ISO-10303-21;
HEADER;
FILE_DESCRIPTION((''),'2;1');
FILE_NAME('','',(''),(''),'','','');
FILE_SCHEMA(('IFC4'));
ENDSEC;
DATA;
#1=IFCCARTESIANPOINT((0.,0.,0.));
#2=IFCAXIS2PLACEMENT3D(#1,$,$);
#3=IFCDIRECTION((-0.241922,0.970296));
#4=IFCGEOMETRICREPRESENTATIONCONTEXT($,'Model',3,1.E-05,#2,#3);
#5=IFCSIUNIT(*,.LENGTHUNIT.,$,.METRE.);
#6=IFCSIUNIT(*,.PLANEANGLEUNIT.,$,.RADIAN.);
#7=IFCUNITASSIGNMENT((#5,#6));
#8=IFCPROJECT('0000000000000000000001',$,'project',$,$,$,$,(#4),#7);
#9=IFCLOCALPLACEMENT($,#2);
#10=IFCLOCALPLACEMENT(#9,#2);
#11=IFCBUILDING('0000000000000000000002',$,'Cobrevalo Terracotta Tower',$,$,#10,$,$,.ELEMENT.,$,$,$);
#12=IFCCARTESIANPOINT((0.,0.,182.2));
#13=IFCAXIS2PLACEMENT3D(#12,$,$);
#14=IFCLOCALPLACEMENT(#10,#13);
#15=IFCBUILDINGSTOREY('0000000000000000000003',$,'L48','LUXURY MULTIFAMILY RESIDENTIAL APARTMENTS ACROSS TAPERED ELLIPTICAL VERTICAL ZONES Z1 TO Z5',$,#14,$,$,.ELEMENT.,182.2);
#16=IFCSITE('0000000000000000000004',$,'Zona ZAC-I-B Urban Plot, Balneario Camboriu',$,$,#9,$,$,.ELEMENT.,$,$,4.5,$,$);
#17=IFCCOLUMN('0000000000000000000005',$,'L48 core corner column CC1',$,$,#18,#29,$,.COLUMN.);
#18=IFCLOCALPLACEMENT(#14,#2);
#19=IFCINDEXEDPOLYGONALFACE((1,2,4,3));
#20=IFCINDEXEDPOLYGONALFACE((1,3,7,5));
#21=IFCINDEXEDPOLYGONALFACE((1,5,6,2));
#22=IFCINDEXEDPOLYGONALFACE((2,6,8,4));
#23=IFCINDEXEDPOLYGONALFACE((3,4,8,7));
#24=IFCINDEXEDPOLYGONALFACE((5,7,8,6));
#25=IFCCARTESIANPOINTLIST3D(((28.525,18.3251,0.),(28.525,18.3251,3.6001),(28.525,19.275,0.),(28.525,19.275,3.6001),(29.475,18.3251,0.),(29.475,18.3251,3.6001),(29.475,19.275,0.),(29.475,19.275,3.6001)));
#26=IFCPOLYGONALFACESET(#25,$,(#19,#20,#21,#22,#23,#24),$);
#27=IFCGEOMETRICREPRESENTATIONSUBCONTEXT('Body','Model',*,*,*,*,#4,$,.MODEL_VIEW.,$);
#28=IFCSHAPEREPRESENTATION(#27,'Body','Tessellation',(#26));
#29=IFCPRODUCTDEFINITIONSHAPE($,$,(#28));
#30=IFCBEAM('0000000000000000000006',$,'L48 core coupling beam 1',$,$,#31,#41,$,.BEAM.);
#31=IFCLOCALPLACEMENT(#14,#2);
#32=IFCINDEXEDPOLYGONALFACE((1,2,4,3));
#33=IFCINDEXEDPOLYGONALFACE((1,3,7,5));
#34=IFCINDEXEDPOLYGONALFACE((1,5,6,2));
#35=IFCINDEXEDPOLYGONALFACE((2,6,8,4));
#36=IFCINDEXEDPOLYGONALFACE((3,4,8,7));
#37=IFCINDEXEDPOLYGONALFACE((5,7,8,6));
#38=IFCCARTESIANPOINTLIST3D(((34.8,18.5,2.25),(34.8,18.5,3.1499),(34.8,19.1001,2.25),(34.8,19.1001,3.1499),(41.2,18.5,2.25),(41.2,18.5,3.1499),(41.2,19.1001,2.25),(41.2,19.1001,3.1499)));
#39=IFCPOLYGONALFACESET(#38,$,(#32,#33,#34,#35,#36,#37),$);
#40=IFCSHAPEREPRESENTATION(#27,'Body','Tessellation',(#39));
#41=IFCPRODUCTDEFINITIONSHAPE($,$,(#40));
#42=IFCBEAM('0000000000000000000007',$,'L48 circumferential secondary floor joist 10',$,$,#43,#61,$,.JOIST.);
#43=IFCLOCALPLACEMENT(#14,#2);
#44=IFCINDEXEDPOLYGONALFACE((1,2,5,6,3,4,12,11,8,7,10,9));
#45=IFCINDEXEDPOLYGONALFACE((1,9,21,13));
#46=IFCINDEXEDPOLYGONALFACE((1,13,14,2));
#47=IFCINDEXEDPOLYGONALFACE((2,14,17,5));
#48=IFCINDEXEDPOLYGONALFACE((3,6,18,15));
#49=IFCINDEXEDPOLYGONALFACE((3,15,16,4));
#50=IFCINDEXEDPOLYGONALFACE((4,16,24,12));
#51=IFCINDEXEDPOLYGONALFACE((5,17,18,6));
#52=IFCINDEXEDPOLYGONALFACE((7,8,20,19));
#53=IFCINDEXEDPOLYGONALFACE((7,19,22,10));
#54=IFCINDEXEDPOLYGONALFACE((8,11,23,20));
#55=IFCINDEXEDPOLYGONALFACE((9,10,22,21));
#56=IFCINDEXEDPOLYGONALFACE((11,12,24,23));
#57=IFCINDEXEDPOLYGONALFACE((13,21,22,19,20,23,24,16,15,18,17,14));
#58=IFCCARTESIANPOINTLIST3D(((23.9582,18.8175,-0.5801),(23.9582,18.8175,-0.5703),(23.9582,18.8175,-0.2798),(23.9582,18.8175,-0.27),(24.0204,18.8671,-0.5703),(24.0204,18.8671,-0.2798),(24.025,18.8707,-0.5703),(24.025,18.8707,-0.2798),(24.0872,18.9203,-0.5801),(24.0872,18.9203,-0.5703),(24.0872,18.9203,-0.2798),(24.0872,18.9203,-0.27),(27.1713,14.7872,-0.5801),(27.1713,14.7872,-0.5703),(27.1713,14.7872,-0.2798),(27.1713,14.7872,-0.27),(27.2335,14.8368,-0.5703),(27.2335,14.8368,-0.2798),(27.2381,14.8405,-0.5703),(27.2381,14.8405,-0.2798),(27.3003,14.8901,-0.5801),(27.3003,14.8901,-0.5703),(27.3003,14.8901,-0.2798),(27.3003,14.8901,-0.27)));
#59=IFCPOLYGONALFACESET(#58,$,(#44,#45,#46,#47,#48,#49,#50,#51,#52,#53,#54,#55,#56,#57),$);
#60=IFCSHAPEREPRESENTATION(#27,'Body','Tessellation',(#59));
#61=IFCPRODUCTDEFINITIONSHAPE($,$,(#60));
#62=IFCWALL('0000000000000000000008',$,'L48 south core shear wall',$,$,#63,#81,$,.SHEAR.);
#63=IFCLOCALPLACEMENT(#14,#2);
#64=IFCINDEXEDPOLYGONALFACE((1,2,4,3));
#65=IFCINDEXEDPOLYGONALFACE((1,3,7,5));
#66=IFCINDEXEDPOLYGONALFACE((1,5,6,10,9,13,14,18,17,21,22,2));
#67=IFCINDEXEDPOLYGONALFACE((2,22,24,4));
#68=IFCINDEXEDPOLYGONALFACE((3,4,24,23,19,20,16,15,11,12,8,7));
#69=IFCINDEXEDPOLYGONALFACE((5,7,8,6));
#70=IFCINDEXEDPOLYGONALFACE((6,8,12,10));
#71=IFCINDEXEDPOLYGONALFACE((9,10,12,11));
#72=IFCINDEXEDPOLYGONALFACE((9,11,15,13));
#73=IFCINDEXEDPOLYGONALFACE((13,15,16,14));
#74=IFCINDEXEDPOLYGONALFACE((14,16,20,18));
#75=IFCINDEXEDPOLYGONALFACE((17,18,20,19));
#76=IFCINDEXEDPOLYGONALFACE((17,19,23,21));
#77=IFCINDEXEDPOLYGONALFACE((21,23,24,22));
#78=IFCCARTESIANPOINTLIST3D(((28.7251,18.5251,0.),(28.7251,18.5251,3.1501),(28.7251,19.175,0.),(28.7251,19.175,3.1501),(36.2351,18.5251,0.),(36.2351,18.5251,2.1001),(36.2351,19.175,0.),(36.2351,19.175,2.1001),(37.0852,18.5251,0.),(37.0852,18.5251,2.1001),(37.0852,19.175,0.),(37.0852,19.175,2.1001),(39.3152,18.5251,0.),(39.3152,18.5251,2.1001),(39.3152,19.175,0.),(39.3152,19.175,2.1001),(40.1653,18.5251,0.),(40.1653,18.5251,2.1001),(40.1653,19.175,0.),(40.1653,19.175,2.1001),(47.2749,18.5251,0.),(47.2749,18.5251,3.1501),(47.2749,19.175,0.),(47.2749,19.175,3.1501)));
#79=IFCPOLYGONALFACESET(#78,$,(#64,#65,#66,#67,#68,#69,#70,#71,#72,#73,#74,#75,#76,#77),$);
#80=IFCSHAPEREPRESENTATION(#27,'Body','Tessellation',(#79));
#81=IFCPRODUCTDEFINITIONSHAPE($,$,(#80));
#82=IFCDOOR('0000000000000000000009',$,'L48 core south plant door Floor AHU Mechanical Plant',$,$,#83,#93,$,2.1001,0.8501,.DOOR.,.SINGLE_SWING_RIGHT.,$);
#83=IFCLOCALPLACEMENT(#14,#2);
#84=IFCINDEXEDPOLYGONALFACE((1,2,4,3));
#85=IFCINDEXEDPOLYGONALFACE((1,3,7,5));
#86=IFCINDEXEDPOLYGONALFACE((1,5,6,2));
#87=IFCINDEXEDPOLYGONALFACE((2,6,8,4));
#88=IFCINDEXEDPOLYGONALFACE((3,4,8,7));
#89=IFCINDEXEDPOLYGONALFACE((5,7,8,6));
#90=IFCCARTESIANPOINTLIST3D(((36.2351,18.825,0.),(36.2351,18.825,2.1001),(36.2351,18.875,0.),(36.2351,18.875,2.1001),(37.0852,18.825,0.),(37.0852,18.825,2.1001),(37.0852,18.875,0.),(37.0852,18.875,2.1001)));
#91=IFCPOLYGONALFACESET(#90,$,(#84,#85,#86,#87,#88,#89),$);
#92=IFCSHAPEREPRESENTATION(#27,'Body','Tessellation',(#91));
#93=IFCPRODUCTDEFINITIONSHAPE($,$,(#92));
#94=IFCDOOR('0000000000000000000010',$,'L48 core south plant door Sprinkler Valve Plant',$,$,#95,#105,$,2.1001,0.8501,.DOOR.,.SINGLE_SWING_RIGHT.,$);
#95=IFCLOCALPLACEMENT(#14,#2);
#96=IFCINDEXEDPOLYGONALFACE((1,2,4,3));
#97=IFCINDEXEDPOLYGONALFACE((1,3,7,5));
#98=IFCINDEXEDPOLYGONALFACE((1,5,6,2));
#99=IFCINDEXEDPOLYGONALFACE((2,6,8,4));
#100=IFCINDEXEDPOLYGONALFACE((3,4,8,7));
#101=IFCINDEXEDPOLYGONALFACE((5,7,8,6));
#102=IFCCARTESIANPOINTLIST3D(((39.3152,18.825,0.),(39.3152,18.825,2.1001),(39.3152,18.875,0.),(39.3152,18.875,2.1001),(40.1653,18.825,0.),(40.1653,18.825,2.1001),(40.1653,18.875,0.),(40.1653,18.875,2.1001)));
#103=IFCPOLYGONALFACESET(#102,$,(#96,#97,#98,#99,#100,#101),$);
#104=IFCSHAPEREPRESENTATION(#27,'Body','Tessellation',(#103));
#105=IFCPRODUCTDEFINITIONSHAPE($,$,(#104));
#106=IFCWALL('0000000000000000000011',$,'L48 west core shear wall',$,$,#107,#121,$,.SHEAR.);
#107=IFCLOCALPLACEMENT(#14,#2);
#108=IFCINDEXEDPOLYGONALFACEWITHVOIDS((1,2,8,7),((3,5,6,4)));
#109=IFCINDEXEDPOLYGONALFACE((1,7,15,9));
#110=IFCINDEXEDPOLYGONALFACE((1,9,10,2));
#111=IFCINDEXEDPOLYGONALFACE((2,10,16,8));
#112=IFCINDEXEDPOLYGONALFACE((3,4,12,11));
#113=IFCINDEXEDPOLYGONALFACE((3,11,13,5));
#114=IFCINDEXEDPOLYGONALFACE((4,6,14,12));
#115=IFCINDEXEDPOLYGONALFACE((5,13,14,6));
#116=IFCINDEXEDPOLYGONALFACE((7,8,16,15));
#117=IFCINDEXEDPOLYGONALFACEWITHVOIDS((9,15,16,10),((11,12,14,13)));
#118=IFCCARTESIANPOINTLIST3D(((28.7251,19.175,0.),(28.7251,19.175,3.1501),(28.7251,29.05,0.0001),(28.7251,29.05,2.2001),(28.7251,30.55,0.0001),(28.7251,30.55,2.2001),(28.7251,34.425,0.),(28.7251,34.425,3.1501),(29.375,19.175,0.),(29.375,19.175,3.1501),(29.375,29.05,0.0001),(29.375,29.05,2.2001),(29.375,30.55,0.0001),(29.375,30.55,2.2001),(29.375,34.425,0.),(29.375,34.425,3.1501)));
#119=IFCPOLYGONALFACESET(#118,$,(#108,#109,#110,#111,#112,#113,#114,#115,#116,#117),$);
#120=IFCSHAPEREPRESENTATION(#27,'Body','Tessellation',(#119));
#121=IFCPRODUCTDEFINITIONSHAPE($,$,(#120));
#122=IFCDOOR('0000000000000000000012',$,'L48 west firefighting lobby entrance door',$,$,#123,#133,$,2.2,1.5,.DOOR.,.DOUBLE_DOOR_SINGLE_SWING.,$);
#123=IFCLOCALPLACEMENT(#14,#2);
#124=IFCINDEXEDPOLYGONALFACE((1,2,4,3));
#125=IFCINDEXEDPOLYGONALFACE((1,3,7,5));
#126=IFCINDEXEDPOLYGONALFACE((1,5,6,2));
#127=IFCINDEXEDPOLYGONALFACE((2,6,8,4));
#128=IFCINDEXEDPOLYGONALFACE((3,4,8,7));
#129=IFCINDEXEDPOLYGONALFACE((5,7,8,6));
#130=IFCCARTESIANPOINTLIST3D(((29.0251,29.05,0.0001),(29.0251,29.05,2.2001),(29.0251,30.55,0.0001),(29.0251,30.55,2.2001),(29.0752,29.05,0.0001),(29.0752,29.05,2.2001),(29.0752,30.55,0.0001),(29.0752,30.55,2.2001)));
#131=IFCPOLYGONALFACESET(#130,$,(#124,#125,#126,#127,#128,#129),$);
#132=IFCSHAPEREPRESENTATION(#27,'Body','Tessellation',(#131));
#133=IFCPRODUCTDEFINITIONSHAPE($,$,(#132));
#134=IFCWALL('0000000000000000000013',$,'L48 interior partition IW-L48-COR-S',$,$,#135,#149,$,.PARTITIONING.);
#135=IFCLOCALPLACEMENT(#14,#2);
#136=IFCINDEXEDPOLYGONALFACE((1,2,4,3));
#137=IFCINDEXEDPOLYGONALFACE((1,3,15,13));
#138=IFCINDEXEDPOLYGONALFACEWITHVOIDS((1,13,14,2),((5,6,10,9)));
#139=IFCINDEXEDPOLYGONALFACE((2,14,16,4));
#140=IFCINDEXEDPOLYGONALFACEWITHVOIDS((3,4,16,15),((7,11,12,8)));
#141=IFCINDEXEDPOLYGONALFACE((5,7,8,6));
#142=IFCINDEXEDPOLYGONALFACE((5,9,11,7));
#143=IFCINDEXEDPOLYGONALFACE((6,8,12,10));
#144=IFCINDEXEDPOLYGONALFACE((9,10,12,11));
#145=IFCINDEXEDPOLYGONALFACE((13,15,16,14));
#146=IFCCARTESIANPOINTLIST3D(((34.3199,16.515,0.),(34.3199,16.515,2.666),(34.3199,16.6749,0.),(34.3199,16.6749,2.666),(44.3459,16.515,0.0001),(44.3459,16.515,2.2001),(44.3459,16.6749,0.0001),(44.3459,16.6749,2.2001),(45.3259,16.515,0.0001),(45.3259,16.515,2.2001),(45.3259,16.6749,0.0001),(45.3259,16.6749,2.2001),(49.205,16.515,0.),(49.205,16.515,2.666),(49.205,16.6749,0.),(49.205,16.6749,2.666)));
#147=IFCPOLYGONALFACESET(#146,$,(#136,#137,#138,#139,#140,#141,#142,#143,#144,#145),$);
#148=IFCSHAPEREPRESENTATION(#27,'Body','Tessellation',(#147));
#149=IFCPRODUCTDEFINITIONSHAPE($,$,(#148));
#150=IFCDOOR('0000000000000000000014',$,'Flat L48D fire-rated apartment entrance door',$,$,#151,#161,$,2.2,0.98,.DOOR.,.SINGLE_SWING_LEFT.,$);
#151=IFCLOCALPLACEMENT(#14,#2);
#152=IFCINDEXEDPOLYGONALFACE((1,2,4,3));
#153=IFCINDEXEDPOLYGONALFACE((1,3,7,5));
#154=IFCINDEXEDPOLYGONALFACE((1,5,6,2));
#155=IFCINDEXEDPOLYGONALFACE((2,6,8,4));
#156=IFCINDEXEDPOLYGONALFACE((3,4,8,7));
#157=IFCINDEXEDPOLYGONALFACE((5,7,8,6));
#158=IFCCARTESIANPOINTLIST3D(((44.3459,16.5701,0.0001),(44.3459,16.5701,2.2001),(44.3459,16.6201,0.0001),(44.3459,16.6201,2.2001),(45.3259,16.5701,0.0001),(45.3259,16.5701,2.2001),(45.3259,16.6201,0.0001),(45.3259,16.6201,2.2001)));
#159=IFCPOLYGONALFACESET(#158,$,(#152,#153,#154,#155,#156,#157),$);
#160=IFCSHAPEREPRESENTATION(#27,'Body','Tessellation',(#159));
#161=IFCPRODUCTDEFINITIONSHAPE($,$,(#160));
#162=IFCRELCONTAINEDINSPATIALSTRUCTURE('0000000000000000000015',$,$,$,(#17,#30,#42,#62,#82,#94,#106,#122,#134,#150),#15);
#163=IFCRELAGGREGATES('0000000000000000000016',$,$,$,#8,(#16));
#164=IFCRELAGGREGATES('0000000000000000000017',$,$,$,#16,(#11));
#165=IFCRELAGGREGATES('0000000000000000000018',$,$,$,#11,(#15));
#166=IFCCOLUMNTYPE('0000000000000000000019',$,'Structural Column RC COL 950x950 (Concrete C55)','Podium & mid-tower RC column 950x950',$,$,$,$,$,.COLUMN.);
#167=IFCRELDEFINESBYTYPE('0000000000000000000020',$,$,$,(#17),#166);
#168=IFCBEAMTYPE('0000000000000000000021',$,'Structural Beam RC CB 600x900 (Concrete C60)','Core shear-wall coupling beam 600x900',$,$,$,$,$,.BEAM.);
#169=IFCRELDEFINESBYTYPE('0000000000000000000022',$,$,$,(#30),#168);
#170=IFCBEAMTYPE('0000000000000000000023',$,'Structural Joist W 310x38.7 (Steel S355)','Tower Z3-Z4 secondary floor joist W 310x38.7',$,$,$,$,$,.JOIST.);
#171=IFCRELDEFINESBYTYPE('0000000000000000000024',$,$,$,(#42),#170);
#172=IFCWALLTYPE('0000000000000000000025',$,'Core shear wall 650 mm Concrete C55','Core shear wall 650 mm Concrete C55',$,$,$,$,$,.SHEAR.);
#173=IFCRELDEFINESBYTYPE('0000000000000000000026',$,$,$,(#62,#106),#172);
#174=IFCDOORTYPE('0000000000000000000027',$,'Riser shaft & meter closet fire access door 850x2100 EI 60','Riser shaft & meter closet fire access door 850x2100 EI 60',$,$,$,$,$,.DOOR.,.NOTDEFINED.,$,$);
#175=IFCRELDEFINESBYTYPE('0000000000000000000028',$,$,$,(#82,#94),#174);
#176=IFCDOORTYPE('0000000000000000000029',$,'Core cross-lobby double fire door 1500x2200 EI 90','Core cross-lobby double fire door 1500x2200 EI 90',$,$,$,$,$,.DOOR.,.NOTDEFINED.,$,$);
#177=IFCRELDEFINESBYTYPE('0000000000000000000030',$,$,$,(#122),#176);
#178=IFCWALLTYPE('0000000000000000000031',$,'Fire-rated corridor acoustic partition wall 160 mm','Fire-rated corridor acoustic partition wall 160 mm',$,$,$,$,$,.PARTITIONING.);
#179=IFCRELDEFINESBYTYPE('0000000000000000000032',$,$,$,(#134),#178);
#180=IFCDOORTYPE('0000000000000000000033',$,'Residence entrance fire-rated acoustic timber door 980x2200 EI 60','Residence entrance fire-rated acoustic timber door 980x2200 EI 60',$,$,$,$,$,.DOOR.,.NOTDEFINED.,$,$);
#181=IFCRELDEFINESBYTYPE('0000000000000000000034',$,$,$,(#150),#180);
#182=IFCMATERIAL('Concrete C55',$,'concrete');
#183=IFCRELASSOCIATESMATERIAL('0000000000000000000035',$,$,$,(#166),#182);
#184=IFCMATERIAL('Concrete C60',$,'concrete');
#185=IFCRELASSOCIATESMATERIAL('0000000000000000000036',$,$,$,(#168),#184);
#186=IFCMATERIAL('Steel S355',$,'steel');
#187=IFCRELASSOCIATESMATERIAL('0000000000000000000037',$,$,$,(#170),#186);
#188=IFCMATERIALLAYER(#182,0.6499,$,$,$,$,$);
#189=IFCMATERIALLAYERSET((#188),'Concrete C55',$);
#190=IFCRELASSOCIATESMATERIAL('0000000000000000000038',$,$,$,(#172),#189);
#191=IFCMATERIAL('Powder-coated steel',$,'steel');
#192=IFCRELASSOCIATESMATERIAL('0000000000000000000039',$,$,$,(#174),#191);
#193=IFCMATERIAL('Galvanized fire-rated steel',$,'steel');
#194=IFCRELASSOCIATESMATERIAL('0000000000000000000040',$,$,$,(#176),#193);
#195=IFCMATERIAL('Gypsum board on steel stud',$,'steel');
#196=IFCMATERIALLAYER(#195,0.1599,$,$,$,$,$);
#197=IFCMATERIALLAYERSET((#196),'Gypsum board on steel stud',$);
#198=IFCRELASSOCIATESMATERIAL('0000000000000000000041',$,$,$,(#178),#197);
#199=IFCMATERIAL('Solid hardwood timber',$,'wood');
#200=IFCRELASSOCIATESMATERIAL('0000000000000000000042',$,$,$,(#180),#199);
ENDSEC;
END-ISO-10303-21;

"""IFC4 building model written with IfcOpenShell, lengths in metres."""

from ifc_helpers import new_model, si_unit, direction, frame, frame_2d, origin, origin_2d, place, context, subcontext, project, spatial, rectangle, i_section, extrude, source, transform, mapped, material, layer, layer_set, material_profile, profile_set, type_object, element, fill, save


model = new_model("IFC4")

# Units and contexts
model_context = context("Model", 3, precision=1e-05, world=origin(), true_north=direction((-0.241922, 0.970296)))
body_context = subcontext(model_context, "Body", "Model", "MODEL_VIEW")
ifc_project = project(units=[si_unit("LENGTHUNIT", "METRE"), si_unit("PLANEANGLEUNIT", "RADIAN")], contexts=[model_context])

# Site, building, storey
site_placement = place(None, origin())
site = spatial("IfcSite", under=ifc_project, at=site_placement, Name="Zona ZAC-I-B Urban Plot, Balneario Camboriu", CompositionType="ELEMENT", RefElevation=4.5)
building_placement = place(site_placement, origin())
building = spatial("IfcBuilding", under=site, at=building_placement, Name="Cobrevalo Terracotta Tower", CompositionType="ELEMENT")
storey_placement = place(building_placement, frame((0.0, 0.0, 182.2)))
storey = spatial("IfcBuildingStorey", under=building, at=storey_placement, Name="L48", Description="LUXURY MULTIFAMILY RESIDENTIAL APARTMENTS ACROSS TAPERED ELLIPTICAL VERTICAL ZONES Z1 TO Z5", CompositionType="ELEMENT", Elevation=182.2)

# Column
ifc_material_1 = material(Name="Concrete C55", Category="concrete")
ifc_material_profile_1 = material_profile(ifc_material_1, rectangle(XDim=0.95, YDim=0.95, at=origin_2d()), Name="RC COL 950x950")
ifc_profile_set_1 = profile_set([ifc_material_profile_1], Name="Concrete C55")
column_type = type_object("IfcColumnType", Name="Structural Column RC COL 950x950 (Concrete C55)", Description="Podium & mid-tower RC column 950x950", PredefinedType="COLUMN", material=ifc_profile_set_1)
column_placement = place(storey_placement, frame((29.0, 18.8, 0.0), z_axis=(0.0, 0.0, 1.0), x_axis=(1.0, 0.0, 0.0)))
element("IfcColumn", 1, at=column_placement, inside=storey, type_object=column_type, Name="L48 core corner column CC1", PredefinedType="COLUMN", context=body_context, shape_type="SweptSolid", body=[
    extrude(rectangle(XDim=0.95, YDim=0.95, at=origin_2d()), origin(), (0.0, 0.0, 1.0), 3.6001),
])

# Beams
ifc_material_2 = material(Name="Concrete C60", Category="concrete")
ifc_material_profile_2 = material_profile(ifc_material_2, rectangle(XDim=0.6001, YDim=0.8999, at=origin_2d()), Name="RC CB 600x900")
ifc_profile_set_2 = profile_set([ifc_material_profile_2], Name="Concrete C60")
beam_type_1 = type_object("IfcBeamType", Name="Structural Beam RC CB 600x900 (Concrete C60)", Description="Core shear-wall coupling beam 600x900", PredefinedType="BEAM", material=ifc_profile_set_2)
beam_1_placement = place(storey_placement, frame((34.8, 18.8, 2.7), z_axis=(1.0, 0.0, 0.0), x_axis=(0.0, 1.0, 0.0)))
element("IfcBeam", 2, at=beam_1_placement, inside=storey, type_object=beam_type_1, Name="L48 core coupling beam 1", PredefinedType="BEAM", context=body_context, shape_type="SweptSolid", body=[
    extrude(rectangle(XDim=0.6001, YDim=0.8999, at=origin_2d()), origin(), (0.0, 0.0, 1.0), 6.3999),
])
ifc_material_3 = material(Name="Steel S355", Category="steel")
ifc_material_profile_3 = material_profile(ifc_material_3, i_section(OverallWidth=0.165, OverallDepth=0.3101, WebThickness=0.0059, FlangeThickness=0.0098, at=origin_2d()), Name="W 310x38.7")
ifc_profile_set_3 = profile_set([ifc_material_profile_3], Name="Steel S355")
beam_type_2 = type_object("IfcBeamType", Name="Structural Joist W 310x38.7 (Steel S355)", Description="Tower Z3-Z4 secondary floor joist W 310x38.7", PredefinedType="JOIST", material=ifc_profile_set_3)
beam_2_placement = place(storey_placement, frame((24.0227, 18.8689, -0.425), z_axis=(0.623383, -0.781917, 0.0), x_axis=(0.781917, 0.623383, 0.0)))
element("IfcBeam", 3, at=beam_2_placement, inside=storey, type_object=beam_type_2, Name="L48 circumferential secondary floor joist 10", PredefinedType="JOIST", context=body_context, shape_type="SweptSolid", body=[
    extrude(i_section(OverallWidth=0.165, OverallDepth=0.3101, WebThickness=0.0059, FlangeThickness=0.0098, at=origin_2d()), origin(), (0.0, 0.0, 1.0), 5.1543),
])

# Wall, openings, doors
ifc_layer_1 = layer(ifc_material_1, 0.6499)
ifc_layer_set_1 = layer_set([ifc_layer_1], Name="Concrete C55")
wall_type_1 = type_object("IfcWallType", Name="Core shear wall 650 mm Concrete C55", Description="Core shear wall 650 mm Concrete C55", PredefinedType="SHEAR", material=ifc_layer_set_1)
wall_1_placement = place(storey_placement, frame((28.7251, 18.8501, 0.0), z_axis=(0.0, 0.0, 1.0), x_axis=(1.0, 0.0, 0.0)))
wall_1 = element("IfcWall", 4, at=wall_1_placement, inside=storey, type_object=wall_type_1, Name="L48 south core shear wall", PredefinedType="SHEAR", context=body_context, shape_type="SweptSolid", body=[
    extrude(rectangle(XDim=18.5498, YDim=0.6499, at=frame_2d((9.2749, 0.0))), origin(), (0.0, 0.0, 1.0), 3.1501),
])
opening_1_placement = place(wall_1_placement, frame((7.51, 0.0, 0.0)))
opening_1 = element("IfcOpeningElement", 5, at=opening_1_placement, cuts=wall_1, PredefinedType="OPENING", context=body_context, shape_type="SweptSolid", body=[
    extrude(rectangle(XDim=0.8501, YDim=2.1001, at=frame_2d((0.425, 1.05))), frame((0.0, 0.335, 0.0), z_axis=(0.0, -1.0, 0.0), x_axis=(1.0, 0.0, 0.0)), (0.0, 0.0, 1.0), 0.6699),
])
opening_2_placement = place(wall_1_placement, frame((10.5901, 0.0, 0.0)))
opening_2 = element("IfcOpeningElement", 6, at=opening_2_placement, cuts=wall_1, PredefinedType="OPENING", context=body_context, shape_type="SweptSolid", body=[
    extrude(rectangle(XDim=0.8501, YDim=2.1001, at=frame_2d((0.425, 1.05))), frame((0.0, 0.335, 0.0), z_axis=(0.0, -1.0, 0.0), x_axis=(1.0, 0.0, 0.0)), (0.0, 0.0, 1.0), 0.6699),
])
ifc_material_4 = material(Name="Powder-coated steel", Category="steel")
door_type_1 = type_object("IfcDoorType", Name="Riser shaft & meter closet fire access door 850x2100 EI 60", Description="Riser shaft & meter closet fire access door 850x2100 EI 60", OperationType="NOTDEFINED", PredefinedType="DOOR", material=ifc_material_4)
shared_shape_1 = source(origin(), body_context, "Body", "SweptSolid", [
    extrude(rectangle(XDim=0.8501, YDim=2.1001, at=frame_2d((0.425, 1.05))), frame((0.0, 0.0249, 0.0), z_axis=(0.0, -1.0, 0.0), x_axis=(1.0, 0.0, 0.0)), (0.0, 0.0, 1.0), 0.05),
])
door_1_placement = place(opening_1_placement, origin())
door_1 = element("IfcDoor", 7, at=door_1_placement, inside=storey, type_object=door_type_1, Name="L48 core south plant door Floor AHU Mechanical Plant", OperationType="SINGLE_SWING_RIGHT", OverallHeight=2.1001, OverallWidth=0.8501, PredefinedType="DOOR", context=body_context, shape_type="MappedRepresentation", body=[
    mapped(shared_shape_1, transform((0.0, 0.0, 0.0), scale=1.0)),
])
fill(opening_1, door_1)
door_2_placement = place(opening_2_placement, origin())
door_2 = element("IfcDoor", 8, at=door_2_placement, inside=storey, type_object=door_type_1, Name="L48 core south plant door Sprinkler Valve Plant", OperationType="SINGLE_SWING_RIGHT", OverallHeight=2.1001, OverallWidth=0.8501, PredefinedType="DOOR", context=body_context, shape_type="MappedRepresentation", body=[
    mapped(shared_shape_1, transform((0.0, 0.0, 0.0), scale=1.0)),
])
fill(opening_2, door_2)

# Walls, openings, doors
wall_2_placement = place(storey_placement, frame((29.05, 19.175, 0.0), z_axis=(0.0, 0.0, 1.0), x_axis=(0.0, 1.0, 0.0)))
wall_2 = element("IfcWall", 9, at=wall_2_placement, inside=storey, type_object=wall_type_1, Name="L48 west core shear wall", PredefinedType="SHEAR", context=body_context, shape_type="SweptSolid", body=[
    extrude(rectangle(XDim=15.25, YDim=0.6499, at=frame_2d((7.625, 0.0))), origin(), (0.0, 0.0, 1.0), 3.1501),
])
opening_3_placement = place(wall_2_placement, frame((9.875, 0.0, 0.0)))
opening_3 = element("IfcOpeningElement", 10, at=opening_3_placement, cuts=wall_2, PredefinedType="OPENING", context=body_context, shape_type="SweptSolid", body=[
    extrude(rectangle(XDim=1.5, YDim=2.2, at=frame_2d((0.75, 1.1001))), frame((0.0, 0.335, 0.0), z_axis=(0.0, -1.0, 0.0), x_axis=(1.0, 0.0, 0.0)), (0.0, 0.0, 1.0), 0.6699),
])
ifc_material_5 = material(Name="Galvanized fire-rated steel", Category="steel")
door_type_2 = type_object("IfcDoorType", Name="Core cross-lobby double fire door 1500x2200 EI 90", Description="Core cross-lobby double fire door 1500x2200 EI 90", OperationType="NOTDEFINED", PredefinedType="DOOR", material=ifc_material_5)
shared_shape_2 = source(origin(), body_context, "Body", "SweptSolid", [
    extrude(rectangle(XDim=1.5, YDim=2.2, at=frame_2d((0.75, 1.1001))), frame((0.0, 0.0249, 0.0), z_axis=(0.0, -1.0, 0.0), x_axis=(1.0, 0.0, 0.0)), (0.0, 0.0, 1.0), 0.05),
])
door_3_placement = place(opening_3_placement, origin())
door_3 = element("IfcDoor", 11, at=door_3_placement, inside=storey, type_object=door_type_2, Name="L48 west firefighting lobby entrance door", OperationType="DOUBLE_DOOR_SINGLE_SWING", OverallHeight=2.2, OverallWidth=1.5, PredefinedType="DOOR", context=body_context, shape_type="MappedRepresentation", body=[
    mapped(shared_shape_2, transform((0.0, 0.0, 0.0), scale=1.0)),
])
fill(opening_3, door_3)
ifc_material_6 = material(Name="Gypsum board on steel stud", Category="steel")
ifc_layer_2 = layer(ifc_material_6, 0.1599)
ifc_layer_set_2 = layer_set([ifc_layer_2], Name="Gypsum board on steel stud")
wall_type_2 = type_object("IfcWallType", Name="Fire-rated corridor acoustic partition wall 160 mm", Description="Fire-rated corridor acoustic partition wall 160 mm", PredefinedType="PARTITIONING", material=ifc_layer_set_2)
wall_3_placement = place(storey_placement, frame((34.3201, 16.595, 0.0), z_axis=(0.0, 0.0, 1.0), x_axis=(1.0, 0.0, 0.0)))
wall_3 = element("IfcWall", 12, at=wall_3_placement, inside=storey, type_object=wall_type_2, Name="L48 interior partition IW-L48-COR-S", PredefinedType="PARTITIONING", context=body_context, shape_type="SweptSolid", body=[
    extrude(rectangle(XDim=14.885, YDim=0.1599, at=frame_2d((7.4424, 0.0))), origin(), (0.0, 0.0, 1.0), 2.666),
])
opening_4_placement = place(wall_3_placement, frame((10.0259, 0.0, 0.0)))
opening_4 = element("IfcOpeningElement", 13, at=opening_4_placement, cuts=wall_3, PredefinedType="OPENING", context=body_context, shape_type="SweptSolid", body=[
    extrude(rectangle(XDim=0.98, YDim=2.2, at=frame_2d((0.49, 1.1001))), frame((0.0, 0.0898, 0.0), z_axis=(0.0, -1.0, 0.0), x_axis=(1.0, 0.0, 0.0)), (0.0, 0.0, 1.0), 0.1799),
])
ifc_material_7 = material(Name="Solid hardwood timber", Category="wood")
door_type_3 = type_object("IfcDoorType", Name="Residence entrance fire-rated acoustic timber door 980x2200 EI 60", Description="Residence entrance fire-rated acoustic timber door 980x2200 EI 60", OperationType="NOTDEFINED", PredefinedType="DOOR", material=ifc_material_7)
shared_shape_3 = source(origin(), body_context, "Body", "SweptSolid", [
    extrude(rectangle(XDim=0.98, YDim=2.2, at=frame_2d((0.49, 1.1001))), frame((0.0, 0.0249, 0.0), z_axis=(0.0, -1.0, 0.0), x_axis=(1.0, 0.0, 0.0)), (0.0, 0.0, 1.0), 0.05),
])
door_4_placement = place(opening_4_placement, frame((0.98, 0.0, 0.0), z_axis=(0.0, 0.0, 1.0), x_axis=(-1.0, 0.0, 0.0)))
door_4 = element("IfcDoor", 14, at=door_4_placement, inside=storey, type_object=door_type_3, Name="Flat L48D fire-rated apartment entrance door", OperationType="SINGLE_SWING_LEFT", OverallHeight=2.2, OverallWidth=0.98, PredefinedType="DOOR", context=body_context, shape_type="MappedRepresentation", body=[
    mapped(shared_shape_3, transform((0.0, 0.0, 0.0), scale=1.0)),
])
fill(opening_4, door_4)

save(model, "model.ifc")
